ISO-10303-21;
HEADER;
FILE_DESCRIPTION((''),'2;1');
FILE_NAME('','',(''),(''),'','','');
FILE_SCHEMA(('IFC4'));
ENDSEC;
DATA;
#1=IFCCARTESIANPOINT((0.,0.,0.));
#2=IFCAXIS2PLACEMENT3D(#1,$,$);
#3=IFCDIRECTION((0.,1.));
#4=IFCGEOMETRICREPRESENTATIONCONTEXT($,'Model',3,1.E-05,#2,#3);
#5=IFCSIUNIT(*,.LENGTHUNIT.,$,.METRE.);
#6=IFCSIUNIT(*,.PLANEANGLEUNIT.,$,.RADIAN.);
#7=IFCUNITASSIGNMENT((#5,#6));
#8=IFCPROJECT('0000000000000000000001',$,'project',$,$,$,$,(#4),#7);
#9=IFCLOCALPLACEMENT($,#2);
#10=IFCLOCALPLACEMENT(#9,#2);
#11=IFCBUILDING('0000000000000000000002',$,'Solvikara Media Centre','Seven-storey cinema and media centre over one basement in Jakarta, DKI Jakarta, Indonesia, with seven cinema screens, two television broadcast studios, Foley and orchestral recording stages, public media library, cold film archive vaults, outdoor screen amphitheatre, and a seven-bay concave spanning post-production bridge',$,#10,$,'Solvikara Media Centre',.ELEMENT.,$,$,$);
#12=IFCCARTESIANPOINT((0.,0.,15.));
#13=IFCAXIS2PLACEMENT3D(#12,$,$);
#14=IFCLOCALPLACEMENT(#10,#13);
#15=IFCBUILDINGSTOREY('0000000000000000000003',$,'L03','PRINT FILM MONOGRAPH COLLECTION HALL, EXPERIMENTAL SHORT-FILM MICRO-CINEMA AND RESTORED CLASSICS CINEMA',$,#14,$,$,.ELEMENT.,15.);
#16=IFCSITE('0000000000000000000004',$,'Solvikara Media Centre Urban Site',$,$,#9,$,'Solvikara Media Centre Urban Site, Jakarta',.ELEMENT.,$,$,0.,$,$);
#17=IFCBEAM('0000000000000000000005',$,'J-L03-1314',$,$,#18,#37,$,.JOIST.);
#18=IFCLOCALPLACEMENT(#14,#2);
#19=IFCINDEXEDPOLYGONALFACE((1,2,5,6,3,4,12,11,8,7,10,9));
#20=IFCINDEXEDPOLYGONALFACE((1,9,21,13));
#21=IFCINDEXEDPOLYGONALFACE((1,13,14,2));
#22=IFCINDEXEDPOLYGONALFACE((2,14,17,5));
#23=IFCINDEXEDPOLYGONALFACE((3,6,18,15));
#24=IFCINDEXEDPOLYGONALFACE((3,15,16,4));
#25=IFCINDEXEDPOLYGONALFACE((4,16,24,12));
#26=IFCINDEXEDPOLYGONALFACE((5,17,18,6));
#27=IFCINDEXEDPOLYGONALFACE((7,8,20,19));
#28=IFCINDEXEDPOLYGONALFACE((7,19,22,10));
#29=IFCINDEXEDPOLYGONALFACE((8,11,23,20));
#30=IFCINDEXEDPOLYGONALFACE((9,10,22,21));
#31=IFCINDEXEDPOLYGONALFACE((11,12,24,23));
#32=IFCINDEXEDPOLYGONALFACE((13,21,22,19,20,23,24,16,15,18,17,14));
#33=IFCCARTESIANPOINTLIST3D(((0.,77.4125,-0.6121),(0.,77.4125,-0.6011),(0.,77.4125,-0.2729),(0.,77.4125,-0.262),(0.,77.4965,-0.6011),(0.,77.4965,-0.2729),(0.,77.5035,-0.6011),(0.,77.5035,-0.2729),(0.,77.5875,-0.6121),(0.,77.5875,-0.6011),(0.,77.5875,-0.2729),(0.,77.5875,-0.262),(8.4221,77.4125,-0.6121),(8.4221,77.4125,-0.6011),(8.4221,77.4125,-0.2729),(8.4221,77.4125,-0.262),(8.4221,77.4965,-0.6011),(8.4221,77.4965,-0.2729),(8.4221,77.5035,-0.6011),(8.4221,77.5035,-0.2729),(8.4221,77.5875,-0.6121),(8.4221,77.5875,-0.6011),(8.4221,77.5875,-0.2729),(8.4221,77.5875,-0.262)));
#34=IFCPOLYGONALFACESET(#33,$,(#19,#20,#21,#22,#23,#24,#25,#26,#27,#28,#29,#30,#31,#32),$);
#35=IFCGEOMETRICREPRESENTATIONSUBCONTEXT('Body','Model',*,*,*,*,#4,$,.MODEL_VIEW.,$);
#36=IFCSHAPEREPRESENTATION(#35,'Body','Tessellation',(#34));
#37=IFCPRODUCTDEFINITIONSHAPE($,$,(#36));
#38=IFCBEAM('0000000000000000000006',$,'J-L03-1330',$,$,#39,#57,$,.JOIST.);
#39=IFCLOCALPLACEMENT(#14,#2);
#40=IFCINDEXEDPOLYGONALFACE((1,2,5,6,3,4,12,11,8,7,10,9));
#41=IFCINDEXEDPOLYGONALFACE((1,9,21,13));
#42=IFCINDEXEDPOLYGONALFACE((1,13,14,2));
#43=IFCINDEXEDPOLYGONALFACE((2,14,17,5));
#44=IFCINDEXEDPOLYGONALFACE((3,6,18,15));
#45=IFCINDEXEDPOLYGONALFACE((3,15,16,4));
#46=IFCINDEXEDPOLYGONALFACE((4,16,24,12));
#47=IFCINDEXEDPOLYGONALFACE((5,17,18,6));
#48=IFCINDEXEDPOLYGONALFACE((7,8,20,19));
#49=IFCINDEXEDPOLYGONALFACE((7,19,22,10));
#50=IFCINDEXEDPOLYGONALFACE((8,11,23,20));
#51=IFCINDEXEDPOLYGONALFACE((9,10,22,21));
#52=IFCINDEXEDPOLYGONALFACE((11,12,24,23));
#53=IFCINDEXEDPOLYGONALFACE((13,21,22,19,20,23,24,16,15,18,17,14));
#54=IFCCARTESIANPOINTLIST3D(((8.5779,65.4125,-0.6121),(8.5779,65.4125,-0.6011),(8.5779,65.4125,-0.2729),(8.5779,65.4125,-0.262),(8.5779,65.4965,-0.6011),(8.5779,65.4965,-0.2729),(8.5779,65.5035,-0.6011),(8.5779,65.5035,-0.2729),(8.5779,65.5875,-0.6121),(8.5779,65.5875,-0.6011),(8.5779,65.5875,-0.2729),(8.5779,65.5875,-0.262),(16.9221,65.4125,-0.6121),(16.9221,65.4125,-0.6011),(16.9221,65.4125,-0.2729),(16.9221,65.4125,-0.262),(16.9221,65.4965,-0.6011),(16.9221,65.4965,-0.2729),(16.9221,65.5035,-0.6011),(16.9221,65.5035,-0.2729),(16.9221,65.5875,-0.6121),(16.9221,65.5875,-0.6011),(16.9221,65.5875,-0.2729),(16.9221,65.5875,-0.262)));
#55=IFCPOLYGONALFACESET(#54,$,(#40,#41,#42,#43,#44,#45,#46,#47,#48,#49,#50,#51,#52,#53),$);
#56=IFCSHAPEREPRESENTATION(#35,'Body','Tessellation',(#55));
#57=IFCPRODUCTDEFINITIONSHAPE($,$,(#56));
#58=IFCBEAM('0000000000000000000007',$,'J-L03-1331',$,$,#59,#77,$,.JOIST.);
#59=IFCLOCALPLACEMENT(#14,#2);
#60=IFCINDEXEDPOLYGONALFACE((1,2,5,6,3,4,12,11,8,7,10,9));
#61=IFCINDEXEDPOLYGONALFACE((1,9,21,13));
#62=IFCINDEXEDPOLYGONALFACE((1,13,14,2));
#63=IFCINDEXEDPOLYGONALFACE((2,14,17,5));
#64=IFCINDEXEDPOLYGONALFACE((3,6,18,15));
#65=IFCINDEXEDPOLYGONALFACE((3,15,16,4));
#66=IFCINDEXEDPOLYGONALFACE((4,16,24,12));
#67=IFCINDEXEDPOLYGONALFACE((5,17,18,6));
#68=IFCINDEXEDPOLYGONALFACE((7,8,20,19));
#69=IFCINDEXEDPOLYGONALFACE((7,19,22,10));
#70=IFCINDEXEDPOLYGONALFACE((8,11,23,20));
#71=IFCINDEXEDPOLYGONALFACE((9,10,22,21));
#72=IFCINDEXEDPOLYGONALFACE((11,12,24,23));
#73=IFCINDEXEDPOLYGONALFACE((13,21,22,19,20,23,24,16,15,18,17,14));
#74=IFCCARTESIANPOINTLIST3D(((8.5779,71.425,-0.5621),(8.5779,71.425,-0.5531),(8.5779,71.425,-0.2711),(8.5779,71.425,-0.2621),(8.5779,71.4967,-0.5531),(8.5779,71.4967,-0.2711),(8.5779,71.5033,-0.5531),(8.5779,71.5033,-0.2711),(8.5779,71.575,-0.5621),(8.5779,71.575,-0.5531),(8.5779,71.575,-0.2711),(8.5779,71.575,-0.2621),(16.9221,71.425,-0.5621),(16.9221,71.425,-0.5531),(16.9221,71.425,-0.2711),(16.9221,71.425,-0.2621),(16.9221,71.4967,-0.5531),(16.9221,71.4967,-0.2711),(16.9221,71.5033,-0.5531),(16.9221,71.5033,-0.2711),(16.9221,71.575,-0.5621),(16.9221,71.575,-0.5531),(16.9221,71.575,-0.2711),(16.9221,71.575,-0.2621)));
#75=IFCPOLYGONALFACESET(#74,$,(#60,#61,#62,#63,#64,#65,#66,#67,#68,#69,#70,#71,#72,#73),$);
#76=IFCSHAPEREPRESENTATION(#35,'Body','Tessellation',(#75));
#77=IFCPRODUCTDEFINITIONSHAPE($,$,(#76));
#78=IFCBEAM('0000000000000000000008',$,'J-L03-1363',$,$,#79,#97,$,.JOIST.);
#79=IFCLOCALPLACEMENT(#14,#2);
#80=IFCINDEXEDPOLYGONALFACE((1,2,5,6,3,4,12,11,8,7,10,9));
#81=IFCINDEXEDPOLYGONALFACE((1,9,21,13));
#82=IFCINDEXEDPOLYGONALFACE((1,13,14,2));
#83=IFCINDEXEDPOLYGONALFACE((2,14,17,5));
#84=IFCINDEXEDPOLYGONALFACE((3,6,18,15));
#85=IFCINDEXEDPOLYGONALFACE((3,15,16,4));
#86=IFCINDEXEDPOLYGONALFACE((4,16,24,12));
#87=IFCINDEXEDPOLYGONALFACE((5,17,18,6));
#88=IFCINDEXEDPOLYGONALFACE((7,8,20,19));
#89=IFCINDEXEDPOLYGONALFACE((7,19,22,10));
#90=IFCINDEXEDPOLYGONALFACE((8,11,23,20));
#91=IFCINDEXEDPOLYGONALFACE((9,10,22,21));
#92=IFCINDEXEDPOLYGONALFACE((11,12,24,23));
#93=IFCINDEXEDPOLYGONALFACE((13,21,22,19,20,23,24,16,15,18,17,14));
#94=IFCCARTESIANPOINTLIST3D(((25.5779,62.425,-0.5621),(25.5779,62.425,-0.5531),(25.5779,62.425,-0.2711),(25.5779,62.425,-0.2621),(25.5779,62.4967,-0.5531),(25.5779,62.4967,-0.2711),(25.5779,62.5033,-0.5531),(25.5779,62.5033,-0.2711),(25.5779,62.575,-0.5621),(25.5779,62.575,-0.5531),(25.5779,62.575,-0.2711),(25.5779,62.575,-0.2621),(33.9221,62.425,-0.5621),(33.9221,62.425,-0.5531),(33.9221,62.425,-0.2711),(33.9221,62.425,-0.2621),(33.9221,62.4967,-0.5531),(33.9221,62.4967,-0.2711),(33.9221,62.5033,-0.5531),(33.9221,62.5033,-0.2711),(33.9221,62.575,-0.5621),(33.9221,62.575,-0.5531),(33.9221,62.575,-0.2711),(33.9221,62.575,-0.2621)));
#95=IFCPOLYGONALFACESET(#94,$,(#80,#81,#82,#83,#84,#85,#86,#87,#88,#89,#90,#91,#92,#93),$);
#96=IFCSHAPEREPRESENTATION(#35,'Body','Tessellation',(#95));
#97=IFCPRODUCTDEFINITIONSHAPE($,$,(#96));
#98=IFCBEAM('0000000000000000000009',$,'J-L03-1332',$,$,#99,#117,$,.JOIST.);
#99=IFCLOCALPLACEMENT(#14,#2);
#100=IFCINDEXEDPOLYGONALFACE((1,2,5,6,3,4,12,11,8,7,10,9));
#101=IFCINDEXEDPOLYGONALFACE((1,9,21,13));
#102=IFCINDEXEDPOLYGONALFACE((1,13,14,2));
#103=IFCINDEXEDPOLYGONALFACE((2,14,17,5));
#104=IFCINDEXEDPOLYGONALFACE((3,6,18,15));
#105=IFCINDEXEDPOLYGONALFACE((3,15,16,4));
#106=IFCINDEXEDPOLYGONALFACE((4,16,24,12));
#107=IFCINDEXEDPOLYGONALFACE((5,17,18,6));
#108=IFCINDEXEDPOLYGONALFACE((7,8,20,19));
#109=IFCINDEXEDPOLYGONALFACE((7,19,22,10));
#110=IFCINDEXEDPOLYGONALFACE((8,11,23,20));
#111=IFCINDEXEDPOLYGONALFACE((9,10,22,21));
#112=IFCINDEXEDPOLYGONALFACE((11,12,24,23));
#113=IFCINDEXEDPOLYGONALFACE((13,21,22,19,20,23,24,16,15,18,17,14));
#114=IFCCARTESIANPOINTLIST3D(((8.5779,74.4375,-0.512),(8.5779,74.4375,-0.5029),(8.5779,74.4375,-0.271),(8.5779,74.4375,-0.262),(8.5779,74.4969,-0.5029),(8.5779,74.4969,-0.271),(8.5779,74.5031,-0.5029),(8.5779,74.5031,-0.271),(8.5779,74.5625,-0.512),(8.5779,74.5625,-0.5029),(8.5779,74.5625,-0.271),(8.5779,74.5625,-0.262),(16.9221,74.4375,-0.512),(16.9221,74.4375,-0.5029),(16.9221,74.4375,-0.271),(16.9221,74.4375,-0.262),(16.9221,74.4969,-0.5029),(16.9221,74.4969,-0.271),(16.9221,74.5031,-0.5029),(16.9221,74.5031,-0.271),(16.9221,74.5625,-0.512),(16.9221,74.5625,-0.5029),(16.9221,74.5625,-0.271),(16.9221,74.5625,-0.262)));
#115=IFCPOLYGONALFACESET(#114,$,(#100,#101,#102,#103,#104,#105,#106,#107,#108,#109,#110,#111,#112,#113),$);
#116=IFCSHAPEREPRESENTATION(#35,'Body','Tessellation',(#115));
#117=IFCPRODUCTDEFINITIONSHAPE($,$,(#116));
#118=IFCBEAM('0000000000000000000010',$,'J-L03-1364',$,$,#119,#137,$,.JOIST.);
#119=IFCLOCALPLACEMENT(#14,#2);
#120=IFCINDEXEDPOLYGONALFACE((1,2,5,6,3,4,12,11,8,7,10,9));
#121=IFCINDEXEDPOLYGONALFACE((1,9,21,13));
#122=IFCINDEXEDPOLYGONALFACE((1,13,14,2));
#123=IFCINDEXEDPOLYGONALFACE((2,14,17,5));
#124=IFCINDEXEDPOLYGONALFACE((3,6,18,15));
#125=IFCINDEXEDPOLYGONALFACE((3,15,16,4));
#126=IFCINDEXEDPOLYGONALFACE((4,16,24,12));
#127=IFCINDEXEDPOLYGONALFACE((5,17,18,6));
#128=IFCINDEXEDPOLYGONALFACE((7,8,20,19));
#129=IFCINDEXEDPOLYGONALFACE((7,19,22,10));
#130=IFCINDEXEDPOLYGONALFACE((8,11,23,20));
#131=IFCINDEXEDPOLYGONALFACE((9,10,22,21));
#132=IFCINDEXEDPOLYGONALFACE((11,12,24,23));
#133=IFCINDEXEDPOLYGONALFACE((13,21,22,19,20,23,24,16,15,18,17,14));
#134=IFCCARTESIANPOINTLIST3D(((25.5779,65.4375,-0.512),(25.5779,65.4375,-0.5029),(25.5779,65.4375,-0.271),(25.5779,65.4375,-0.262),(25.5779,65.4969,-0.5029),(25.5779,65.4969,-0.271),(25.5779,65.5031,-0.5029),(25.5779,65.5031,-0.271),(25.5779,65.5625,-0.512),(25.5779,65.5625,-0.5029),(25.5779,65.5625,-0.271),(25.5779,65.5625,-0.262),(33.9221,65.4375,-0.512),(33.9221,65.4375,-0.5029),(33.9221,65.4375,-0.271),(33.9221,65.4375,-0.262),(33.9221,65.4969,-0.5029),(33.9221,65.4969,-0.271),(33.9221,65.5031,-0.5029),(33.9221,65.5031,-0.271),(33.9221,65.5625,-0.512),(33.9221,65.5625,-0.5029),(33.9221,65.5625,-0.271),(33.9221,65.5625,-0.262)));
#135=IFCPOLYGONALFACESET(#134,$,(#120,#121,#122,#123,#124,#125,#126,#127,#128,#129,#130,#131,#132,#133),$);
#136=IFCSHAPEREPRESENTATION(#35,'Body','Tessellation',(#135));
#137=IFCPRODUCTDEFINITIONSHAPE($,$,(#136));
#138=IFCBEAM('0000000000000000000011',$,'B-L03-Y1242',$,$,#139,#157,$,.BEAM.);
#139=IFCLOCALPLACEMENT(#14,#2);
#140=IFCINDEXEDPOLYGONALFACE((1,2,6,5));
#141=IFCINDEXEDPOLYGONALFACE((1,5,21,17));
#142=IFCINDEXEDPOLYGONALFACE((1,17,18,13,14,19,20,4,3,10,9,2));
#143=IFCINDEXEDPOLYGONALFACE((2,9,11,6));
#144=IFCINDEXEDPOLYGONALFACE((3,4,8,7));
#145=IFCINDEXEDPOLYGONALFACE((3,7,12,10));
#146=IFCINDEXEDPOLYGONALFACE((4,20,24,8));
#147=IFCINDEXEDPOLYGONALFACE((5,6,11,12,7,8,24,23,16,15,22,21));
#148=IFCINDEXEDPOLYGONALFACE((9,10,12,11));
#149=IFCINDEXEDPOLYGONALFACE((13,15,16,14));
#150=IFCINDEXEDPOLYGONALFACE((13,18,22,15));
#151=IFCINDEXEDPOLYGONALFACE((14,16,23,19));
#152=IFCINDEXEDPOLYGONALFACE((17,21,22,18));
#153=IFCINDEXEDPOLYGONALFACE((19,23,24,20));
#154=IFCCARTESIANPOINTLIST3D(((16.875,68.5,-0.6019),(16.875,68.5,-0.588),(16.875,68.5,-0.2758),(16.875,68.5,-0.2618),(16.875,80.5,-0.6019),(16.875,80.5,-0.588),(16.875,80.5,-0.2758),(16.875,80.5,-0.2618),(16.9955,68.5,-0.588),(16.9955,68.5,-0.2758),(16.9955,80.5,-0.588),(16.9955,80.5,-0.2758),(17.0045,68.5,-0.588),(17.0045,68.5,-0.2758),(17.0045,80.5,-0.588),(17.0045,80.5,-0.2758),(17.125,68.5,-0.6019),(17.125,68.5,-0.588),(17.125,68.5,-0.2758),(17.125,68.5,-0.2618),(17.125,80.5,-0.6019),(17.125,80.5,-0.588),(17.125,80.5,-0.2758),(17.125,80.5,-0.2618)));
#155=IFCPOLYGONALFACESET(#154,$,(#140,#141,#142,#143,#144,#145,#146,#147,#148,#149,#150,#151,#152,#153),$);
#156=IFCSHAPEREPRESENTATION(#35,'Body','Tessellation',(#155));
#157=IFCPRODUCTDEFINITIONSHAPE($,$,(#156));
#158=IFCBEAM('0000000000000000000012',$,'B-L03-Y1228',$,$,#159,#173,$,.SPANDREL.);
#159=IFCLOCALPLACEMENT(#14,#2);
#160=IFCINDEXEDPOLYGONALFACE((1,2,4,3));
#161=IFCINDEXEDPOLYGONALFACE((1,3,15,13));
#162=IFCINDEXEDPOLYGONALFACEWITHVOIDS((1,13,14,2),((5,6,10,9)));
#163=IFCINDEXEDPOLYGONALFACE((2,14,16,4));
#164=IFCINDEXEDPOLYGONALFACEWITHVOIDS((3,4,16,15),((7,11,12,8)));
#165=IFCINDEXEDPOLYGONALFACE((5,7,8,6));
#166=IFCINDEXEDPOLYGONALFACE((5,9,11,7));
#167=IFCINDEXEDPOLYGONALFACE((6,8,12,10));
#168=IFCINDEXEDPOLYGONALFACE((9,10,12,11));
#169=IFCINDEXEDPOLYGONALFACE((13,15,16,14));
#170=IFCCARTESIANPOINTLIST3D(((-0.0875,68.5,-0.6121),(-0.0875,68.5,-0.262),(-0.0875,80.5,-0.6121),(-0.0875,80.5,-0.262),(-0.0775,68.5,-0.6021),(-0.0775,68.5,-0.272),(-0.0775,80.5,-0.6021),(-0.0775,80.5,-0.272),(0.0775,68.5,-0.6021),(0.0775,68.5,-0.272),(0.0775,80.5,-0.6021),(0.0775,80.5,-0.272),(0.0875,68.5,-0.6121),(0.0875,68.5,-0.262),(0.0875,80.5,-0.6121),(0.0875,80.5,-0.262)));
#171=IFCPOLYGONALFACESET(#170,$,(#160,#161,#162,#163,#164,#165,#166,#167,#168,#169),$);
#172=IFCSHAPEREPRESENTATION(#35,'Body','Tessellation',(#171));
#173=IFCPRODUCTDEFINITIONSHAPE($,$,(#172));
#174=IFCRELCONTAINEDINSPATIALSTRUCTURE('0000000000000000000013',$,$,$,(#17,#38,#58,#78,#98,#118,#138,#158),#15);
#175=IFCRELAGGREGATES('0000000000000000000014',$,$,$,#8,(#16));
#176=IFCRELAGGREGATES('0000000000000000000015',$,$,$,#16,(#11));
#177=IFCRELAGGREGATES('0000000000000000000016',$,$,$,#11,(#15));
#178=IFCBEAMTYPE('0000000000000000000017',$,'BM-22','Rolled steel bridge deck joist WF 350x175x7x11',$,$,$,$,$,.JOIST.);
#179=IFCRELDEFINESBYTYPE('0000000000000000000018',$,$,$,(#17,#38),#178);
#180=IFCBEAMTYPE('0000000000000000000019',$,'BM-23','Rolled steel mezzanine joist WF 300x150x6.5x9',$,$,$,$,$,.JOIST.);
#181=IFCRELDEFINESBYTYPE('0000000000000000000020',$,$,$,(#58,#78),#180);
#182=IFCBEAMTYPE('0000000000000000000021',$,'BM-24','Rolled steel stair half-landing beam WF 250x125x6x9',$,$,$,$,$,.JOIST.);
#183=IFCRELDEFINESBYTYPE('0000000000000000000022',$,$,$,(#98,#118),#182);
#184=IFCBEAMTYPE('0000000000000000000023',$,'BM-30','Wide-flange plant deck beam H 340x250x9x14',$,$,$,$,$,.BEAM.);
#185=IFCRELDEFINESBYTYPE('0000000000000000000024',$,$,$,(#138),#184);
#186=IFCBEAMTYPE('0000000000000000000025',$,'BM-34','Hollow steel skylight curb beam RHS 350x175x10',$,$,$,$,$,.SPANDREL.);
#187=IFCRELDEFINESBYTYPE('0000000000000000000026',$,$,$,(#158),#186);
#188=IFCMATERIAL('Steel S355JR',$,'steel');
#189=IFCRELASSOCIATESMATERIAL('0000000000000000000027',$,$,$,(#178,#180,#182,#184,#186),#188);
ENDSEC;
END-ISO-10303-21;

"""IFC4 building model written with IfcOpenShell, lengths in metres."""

from ifc_helpers import new_model, si_unit, direction, frame, origin, origin_2d, place, context, subcontext, project, spatial, hollow_rectangle, i_section, extrude, material, material_profile, profile_set, type_object, element, save


model = new_model("IFC4")

# Units and contexts
model_context = context("Model", 3, precision=1e-05, world=origin(), true_north=direction((0.0, 1.0)))
body_context = subcontext(model_context, "Body", "Model", "MODEL_VIEW")
ifc_project = project(units=[si_unit("LENGTHUNIT", "METRE"), si_unit("PLANEANGLEUNIT", "RADIAN")], contexts=[model_context])

# Site, building, storey
site_placement = place(None, origin())
site = spatial("IfcSite", under=ifc_project, at=site_placement, Name="Solvikara Media Centre Urban Site", LongName="Solvikara Media Centre Urban Site, Jakarta", CompositionType="ELEMENT", RefElevation=0.0)
building_placement = place(site_placement, origin())
building = spatial("IfcBuilding", under=site, at=building_placement, Name="Solvikara Media Centre", Description="Seven-storey cinema and media centre over one basement in Jakarta, DKI Jakarta, Indonesia, with seven cinema screens, two television broadcast studios, Foley and orchestral recording stages, public media library, cold film archive vaults, outdoor screen amphitheatre, and a seven-bay concave spanning post-production bridge", LongName="Solvikara Media Centre", CompositionType="ELEMENT")
storey_placement = place(building_placement, frame((0.0, 0.0, 15.0)))
storey = spatial("IfcBuildingStorey", under=building, at=storey_placement, Name="L03", Description="PRINT FILM MONOGRAPH COLLECTION HALL, EXPERIMENTAL SHORT-FILM MICRO-CINEMA AND RESTORED CLASSICS CINEMA", CompositionType="ELEMENT", Elevation=15.0)

# Shared definitions
ifc_material_1 = material(Name="Steel S355JR", Category="steel")

# Beams
ifc_material_profile_1 = material_profile(ifc_material_1, i_section(OverallWidth=0.175, OverallDepth=0.3501, WebThickness=0.0071, FlangeThickness=0.011, at=origin_2d()), Name="WF 350x175x7x11")
ifc_profile_set_1 = profile_set([ifc_material_profile_1], Name="Steel S355JR")
beam_type_1 = type_object("IfcBeamType", Name="BM-22", Description="Rolled steel bridge deck joist WF 350x175x7x11", PredefinedType="JOIST", material=ifc_profile_set_1)
beam_1_placement = place(storey_placement, frame((0.0, 77.5, -0.437), z_axis=(1.0, 0.0, 0.0), x_axis=(0.0, 1.0, 0.0)))
element("IfcBeam", 1, at=beam_1_placement, inside=storey, type_object=beam_type_1, Name="J-L03-1314", PredefinedType="JOIST", context=body_context, shape_type="SweptSolid", body=[
    extrude(i_section(OverallWidth=0.175, OverallDepth=0.3501, WebThickness=0.0071, FlangeThickness=0.011, at=origin_2d()), origin(), (0.0, 0.0, 1.0), 8.4221),
])
beam_2_placement = place(storey_placement, frame((8.5779, 65.5, -0.437), z_axis=(1.0, 0.0, 0.0), x_axis=(0.0, 1.0, 0.0)))
element("IfcBeam", 2, at=beam_2_placement, inside=storey, type_object=beam_type_1, Name="J-L03-1330", PredefinedType="JOIST", context=body_context, shape_type="SweptSolid", body=[
    extrude(i_section(OverallWidth=0.175, OverallDepth=0.3501, WebThickness=0.0071, FlangeThickness=0.011, at=origin_2d()), origin(), (0.0, 0.0, 1.0), 8.3442),
])
ifc_material_profile_2 = material_profile(ifc_material_1, i_section(OverallWidth=0.1499, OverallDepth=0.3, WebThickness=0.0066, FlangeThickness=0.009, at=origin_2d()), Name="WF 300x150x6.5x9")
ifc_profile_set_2 = profile_set([ifc_material_profile_2], Name="Steel S355JR")
beam_type_2 = type_object("IfcBeamType", Name="BM-23", Description="Rolled steel mezzanine joist WF 300x150x6.5x9", PredefinedType="JOIST", material=ifc_profile_set_2)
for number, where, z_axis, x_axis, name in (
    (3, (8.5779, 71.5, -0.4121), (1.0, 0.0, 0.0), (0.0, 1.0, 0.0), "J-L03-1331"),
    (4, (25.5779, 62.5, -0.4121), (1.0, 0.0, 0.0), (0.0, 1.0, 0.0), "J-L03-1363"),
):
    element("IfcBeam", number, at=place(storey_placement, frame(where, z_axis=z_axis, x_axis=x_axis)), inside=storey, type_object=beam_type_2, Name=name, PredefinedType="JOIST", context=body_context, shape_type="SweptSolid", body=[
        extrude(i_section(OverallWidth=0.1499, OverallDepth=0.3, WebThickness=0.0066, FlangeThickness=0.009, at=origin_2d()), origin(), (0.0, 0.0, 1.0), 8.3442),
    ])
ifc_material_profile_3 = material_profile(ifc_material_1, i_section(OverallWidth=0.125, OverallDepth=0.25, WebThickness=0.0061, FlangeThickness=0.009, at=origin_2d()), Name="WF 250x125x6x9")
ifc_profile_set_3 = profile_set([ifc_material_profile_3], Name="Steel S355JR")
beam_type_3 = type_object("IfcBeamType", Name="BM-24", Description="Rolled steel stair half-landing beam WF 250x125x6x9", PredefinedType="JOIST", material=ifc_profile_set_3)
for number, where, z_axis, x_axis, name in (
    (5, (8.5779, 74.5, -0.387), (1.0, 0.0, 0.0), (0.0, 1.0, 0.0), "J-L03-1332"),
    (6, (25.5779, 65.5, -0.387), (1.0, 0.0, 0.0), (0.0, 1.0, 0.0), "J-L03-1364"),
):
    element("IfcBeam", number, at=place(storey_placement, frame(where, z_axis=z_axis, x_axis=x_axis)), inside=storey, type_object=beam_type_3, Name=name, PredefinedType="JOIST", context=body_context, shape_type="SweptSolid", body=[
        extrude(i_section(OverallWidth=0.125, OverallDepth=0.25, WebThickness=0.0061, FlangeThickness=0.009, at=origin_2d()), origin(), (0.0, 0.0, 1.0), 8.3442),
    ])
ifc_material_profile_4 = material_profile(ifc_material_1, i_section(OverallWidth=0.25, OverallDepth=0.3401, WebThickness=0.009, FlangeThickness=0.0139, at=origin_2d()), Name="H 340x250x9x14")
ifc_profile_set_4 = profile_set([ifc_material_profile_4], Name="Steel S355JR")
beam_type_4 = type_object("IfcBeamType", Name="BM-30", Description="Wide-flange plant deck beam H 340x250x9x14", PredefinedType="BEAM", material=ifc_profile_set_4)
beam_3_placement = place(storey_placement, frame((17.0, 68.5, -0.4319), z_axis=(0.0, 1.0, 0.0), x_axis=(-1.0, 0.0, 0.0)))
element("IfcBeam", 7, at=beam_3_placement, inside=storey, type_object=beam_type_4, Name="B-L03-Y1242", PredefinedType="BEAM", context=body_context, shape_type="SweptSolid", body=[
    extrude(i_section(OverallWidth=0.25, OverallDepth=0.3401, WebThickness=0.009, FlangeThickness=0.0139, at=origin_2d()), origin(), (0.0, 0.0, 1.0), 12.0),
])
ifc_material_profile_5 = material_profile(ifc_material_1, hollow_rectangle(XDim=0.175, YDim=0.3501, WallThickness=0.01, at=origin_2d()), Name="RHS 350x175x10")
ifc_profile_set_5 = profile_set([ifc_material_profile_5], Name="Steel S355JR")
beam_type_5 = type_object("IfcBeamType", Name="BM-34", Description="Hollow steel skylight curb beam RHS 350x175x10", PredefinedType="SPANDREL", material=ifc_profile_set_5)
beam_4_placement = place(storey_placement, frame((0.0, 68.5, -0.437), z_axis=(0.0, 1.0, 0.0), x_axis=(-1.0, 0.0, 0.0)))
element("IfcBeam", 8, at=beam_4_placement, inside=storey, type_object=beam_type_5, Name="B-L03-Y1228", PredefinedType="SPANDREL", context=body_context, shape_type="SweptSolid", body=[
    extrude(hollow_rectangle(XDim=0.175, YDim=0.3501, WallThickness=0.01, at=origin_2d()), origin(), (0.0, 0.0, 1.0), 12.0),
])

save(model, "model.ifc")
